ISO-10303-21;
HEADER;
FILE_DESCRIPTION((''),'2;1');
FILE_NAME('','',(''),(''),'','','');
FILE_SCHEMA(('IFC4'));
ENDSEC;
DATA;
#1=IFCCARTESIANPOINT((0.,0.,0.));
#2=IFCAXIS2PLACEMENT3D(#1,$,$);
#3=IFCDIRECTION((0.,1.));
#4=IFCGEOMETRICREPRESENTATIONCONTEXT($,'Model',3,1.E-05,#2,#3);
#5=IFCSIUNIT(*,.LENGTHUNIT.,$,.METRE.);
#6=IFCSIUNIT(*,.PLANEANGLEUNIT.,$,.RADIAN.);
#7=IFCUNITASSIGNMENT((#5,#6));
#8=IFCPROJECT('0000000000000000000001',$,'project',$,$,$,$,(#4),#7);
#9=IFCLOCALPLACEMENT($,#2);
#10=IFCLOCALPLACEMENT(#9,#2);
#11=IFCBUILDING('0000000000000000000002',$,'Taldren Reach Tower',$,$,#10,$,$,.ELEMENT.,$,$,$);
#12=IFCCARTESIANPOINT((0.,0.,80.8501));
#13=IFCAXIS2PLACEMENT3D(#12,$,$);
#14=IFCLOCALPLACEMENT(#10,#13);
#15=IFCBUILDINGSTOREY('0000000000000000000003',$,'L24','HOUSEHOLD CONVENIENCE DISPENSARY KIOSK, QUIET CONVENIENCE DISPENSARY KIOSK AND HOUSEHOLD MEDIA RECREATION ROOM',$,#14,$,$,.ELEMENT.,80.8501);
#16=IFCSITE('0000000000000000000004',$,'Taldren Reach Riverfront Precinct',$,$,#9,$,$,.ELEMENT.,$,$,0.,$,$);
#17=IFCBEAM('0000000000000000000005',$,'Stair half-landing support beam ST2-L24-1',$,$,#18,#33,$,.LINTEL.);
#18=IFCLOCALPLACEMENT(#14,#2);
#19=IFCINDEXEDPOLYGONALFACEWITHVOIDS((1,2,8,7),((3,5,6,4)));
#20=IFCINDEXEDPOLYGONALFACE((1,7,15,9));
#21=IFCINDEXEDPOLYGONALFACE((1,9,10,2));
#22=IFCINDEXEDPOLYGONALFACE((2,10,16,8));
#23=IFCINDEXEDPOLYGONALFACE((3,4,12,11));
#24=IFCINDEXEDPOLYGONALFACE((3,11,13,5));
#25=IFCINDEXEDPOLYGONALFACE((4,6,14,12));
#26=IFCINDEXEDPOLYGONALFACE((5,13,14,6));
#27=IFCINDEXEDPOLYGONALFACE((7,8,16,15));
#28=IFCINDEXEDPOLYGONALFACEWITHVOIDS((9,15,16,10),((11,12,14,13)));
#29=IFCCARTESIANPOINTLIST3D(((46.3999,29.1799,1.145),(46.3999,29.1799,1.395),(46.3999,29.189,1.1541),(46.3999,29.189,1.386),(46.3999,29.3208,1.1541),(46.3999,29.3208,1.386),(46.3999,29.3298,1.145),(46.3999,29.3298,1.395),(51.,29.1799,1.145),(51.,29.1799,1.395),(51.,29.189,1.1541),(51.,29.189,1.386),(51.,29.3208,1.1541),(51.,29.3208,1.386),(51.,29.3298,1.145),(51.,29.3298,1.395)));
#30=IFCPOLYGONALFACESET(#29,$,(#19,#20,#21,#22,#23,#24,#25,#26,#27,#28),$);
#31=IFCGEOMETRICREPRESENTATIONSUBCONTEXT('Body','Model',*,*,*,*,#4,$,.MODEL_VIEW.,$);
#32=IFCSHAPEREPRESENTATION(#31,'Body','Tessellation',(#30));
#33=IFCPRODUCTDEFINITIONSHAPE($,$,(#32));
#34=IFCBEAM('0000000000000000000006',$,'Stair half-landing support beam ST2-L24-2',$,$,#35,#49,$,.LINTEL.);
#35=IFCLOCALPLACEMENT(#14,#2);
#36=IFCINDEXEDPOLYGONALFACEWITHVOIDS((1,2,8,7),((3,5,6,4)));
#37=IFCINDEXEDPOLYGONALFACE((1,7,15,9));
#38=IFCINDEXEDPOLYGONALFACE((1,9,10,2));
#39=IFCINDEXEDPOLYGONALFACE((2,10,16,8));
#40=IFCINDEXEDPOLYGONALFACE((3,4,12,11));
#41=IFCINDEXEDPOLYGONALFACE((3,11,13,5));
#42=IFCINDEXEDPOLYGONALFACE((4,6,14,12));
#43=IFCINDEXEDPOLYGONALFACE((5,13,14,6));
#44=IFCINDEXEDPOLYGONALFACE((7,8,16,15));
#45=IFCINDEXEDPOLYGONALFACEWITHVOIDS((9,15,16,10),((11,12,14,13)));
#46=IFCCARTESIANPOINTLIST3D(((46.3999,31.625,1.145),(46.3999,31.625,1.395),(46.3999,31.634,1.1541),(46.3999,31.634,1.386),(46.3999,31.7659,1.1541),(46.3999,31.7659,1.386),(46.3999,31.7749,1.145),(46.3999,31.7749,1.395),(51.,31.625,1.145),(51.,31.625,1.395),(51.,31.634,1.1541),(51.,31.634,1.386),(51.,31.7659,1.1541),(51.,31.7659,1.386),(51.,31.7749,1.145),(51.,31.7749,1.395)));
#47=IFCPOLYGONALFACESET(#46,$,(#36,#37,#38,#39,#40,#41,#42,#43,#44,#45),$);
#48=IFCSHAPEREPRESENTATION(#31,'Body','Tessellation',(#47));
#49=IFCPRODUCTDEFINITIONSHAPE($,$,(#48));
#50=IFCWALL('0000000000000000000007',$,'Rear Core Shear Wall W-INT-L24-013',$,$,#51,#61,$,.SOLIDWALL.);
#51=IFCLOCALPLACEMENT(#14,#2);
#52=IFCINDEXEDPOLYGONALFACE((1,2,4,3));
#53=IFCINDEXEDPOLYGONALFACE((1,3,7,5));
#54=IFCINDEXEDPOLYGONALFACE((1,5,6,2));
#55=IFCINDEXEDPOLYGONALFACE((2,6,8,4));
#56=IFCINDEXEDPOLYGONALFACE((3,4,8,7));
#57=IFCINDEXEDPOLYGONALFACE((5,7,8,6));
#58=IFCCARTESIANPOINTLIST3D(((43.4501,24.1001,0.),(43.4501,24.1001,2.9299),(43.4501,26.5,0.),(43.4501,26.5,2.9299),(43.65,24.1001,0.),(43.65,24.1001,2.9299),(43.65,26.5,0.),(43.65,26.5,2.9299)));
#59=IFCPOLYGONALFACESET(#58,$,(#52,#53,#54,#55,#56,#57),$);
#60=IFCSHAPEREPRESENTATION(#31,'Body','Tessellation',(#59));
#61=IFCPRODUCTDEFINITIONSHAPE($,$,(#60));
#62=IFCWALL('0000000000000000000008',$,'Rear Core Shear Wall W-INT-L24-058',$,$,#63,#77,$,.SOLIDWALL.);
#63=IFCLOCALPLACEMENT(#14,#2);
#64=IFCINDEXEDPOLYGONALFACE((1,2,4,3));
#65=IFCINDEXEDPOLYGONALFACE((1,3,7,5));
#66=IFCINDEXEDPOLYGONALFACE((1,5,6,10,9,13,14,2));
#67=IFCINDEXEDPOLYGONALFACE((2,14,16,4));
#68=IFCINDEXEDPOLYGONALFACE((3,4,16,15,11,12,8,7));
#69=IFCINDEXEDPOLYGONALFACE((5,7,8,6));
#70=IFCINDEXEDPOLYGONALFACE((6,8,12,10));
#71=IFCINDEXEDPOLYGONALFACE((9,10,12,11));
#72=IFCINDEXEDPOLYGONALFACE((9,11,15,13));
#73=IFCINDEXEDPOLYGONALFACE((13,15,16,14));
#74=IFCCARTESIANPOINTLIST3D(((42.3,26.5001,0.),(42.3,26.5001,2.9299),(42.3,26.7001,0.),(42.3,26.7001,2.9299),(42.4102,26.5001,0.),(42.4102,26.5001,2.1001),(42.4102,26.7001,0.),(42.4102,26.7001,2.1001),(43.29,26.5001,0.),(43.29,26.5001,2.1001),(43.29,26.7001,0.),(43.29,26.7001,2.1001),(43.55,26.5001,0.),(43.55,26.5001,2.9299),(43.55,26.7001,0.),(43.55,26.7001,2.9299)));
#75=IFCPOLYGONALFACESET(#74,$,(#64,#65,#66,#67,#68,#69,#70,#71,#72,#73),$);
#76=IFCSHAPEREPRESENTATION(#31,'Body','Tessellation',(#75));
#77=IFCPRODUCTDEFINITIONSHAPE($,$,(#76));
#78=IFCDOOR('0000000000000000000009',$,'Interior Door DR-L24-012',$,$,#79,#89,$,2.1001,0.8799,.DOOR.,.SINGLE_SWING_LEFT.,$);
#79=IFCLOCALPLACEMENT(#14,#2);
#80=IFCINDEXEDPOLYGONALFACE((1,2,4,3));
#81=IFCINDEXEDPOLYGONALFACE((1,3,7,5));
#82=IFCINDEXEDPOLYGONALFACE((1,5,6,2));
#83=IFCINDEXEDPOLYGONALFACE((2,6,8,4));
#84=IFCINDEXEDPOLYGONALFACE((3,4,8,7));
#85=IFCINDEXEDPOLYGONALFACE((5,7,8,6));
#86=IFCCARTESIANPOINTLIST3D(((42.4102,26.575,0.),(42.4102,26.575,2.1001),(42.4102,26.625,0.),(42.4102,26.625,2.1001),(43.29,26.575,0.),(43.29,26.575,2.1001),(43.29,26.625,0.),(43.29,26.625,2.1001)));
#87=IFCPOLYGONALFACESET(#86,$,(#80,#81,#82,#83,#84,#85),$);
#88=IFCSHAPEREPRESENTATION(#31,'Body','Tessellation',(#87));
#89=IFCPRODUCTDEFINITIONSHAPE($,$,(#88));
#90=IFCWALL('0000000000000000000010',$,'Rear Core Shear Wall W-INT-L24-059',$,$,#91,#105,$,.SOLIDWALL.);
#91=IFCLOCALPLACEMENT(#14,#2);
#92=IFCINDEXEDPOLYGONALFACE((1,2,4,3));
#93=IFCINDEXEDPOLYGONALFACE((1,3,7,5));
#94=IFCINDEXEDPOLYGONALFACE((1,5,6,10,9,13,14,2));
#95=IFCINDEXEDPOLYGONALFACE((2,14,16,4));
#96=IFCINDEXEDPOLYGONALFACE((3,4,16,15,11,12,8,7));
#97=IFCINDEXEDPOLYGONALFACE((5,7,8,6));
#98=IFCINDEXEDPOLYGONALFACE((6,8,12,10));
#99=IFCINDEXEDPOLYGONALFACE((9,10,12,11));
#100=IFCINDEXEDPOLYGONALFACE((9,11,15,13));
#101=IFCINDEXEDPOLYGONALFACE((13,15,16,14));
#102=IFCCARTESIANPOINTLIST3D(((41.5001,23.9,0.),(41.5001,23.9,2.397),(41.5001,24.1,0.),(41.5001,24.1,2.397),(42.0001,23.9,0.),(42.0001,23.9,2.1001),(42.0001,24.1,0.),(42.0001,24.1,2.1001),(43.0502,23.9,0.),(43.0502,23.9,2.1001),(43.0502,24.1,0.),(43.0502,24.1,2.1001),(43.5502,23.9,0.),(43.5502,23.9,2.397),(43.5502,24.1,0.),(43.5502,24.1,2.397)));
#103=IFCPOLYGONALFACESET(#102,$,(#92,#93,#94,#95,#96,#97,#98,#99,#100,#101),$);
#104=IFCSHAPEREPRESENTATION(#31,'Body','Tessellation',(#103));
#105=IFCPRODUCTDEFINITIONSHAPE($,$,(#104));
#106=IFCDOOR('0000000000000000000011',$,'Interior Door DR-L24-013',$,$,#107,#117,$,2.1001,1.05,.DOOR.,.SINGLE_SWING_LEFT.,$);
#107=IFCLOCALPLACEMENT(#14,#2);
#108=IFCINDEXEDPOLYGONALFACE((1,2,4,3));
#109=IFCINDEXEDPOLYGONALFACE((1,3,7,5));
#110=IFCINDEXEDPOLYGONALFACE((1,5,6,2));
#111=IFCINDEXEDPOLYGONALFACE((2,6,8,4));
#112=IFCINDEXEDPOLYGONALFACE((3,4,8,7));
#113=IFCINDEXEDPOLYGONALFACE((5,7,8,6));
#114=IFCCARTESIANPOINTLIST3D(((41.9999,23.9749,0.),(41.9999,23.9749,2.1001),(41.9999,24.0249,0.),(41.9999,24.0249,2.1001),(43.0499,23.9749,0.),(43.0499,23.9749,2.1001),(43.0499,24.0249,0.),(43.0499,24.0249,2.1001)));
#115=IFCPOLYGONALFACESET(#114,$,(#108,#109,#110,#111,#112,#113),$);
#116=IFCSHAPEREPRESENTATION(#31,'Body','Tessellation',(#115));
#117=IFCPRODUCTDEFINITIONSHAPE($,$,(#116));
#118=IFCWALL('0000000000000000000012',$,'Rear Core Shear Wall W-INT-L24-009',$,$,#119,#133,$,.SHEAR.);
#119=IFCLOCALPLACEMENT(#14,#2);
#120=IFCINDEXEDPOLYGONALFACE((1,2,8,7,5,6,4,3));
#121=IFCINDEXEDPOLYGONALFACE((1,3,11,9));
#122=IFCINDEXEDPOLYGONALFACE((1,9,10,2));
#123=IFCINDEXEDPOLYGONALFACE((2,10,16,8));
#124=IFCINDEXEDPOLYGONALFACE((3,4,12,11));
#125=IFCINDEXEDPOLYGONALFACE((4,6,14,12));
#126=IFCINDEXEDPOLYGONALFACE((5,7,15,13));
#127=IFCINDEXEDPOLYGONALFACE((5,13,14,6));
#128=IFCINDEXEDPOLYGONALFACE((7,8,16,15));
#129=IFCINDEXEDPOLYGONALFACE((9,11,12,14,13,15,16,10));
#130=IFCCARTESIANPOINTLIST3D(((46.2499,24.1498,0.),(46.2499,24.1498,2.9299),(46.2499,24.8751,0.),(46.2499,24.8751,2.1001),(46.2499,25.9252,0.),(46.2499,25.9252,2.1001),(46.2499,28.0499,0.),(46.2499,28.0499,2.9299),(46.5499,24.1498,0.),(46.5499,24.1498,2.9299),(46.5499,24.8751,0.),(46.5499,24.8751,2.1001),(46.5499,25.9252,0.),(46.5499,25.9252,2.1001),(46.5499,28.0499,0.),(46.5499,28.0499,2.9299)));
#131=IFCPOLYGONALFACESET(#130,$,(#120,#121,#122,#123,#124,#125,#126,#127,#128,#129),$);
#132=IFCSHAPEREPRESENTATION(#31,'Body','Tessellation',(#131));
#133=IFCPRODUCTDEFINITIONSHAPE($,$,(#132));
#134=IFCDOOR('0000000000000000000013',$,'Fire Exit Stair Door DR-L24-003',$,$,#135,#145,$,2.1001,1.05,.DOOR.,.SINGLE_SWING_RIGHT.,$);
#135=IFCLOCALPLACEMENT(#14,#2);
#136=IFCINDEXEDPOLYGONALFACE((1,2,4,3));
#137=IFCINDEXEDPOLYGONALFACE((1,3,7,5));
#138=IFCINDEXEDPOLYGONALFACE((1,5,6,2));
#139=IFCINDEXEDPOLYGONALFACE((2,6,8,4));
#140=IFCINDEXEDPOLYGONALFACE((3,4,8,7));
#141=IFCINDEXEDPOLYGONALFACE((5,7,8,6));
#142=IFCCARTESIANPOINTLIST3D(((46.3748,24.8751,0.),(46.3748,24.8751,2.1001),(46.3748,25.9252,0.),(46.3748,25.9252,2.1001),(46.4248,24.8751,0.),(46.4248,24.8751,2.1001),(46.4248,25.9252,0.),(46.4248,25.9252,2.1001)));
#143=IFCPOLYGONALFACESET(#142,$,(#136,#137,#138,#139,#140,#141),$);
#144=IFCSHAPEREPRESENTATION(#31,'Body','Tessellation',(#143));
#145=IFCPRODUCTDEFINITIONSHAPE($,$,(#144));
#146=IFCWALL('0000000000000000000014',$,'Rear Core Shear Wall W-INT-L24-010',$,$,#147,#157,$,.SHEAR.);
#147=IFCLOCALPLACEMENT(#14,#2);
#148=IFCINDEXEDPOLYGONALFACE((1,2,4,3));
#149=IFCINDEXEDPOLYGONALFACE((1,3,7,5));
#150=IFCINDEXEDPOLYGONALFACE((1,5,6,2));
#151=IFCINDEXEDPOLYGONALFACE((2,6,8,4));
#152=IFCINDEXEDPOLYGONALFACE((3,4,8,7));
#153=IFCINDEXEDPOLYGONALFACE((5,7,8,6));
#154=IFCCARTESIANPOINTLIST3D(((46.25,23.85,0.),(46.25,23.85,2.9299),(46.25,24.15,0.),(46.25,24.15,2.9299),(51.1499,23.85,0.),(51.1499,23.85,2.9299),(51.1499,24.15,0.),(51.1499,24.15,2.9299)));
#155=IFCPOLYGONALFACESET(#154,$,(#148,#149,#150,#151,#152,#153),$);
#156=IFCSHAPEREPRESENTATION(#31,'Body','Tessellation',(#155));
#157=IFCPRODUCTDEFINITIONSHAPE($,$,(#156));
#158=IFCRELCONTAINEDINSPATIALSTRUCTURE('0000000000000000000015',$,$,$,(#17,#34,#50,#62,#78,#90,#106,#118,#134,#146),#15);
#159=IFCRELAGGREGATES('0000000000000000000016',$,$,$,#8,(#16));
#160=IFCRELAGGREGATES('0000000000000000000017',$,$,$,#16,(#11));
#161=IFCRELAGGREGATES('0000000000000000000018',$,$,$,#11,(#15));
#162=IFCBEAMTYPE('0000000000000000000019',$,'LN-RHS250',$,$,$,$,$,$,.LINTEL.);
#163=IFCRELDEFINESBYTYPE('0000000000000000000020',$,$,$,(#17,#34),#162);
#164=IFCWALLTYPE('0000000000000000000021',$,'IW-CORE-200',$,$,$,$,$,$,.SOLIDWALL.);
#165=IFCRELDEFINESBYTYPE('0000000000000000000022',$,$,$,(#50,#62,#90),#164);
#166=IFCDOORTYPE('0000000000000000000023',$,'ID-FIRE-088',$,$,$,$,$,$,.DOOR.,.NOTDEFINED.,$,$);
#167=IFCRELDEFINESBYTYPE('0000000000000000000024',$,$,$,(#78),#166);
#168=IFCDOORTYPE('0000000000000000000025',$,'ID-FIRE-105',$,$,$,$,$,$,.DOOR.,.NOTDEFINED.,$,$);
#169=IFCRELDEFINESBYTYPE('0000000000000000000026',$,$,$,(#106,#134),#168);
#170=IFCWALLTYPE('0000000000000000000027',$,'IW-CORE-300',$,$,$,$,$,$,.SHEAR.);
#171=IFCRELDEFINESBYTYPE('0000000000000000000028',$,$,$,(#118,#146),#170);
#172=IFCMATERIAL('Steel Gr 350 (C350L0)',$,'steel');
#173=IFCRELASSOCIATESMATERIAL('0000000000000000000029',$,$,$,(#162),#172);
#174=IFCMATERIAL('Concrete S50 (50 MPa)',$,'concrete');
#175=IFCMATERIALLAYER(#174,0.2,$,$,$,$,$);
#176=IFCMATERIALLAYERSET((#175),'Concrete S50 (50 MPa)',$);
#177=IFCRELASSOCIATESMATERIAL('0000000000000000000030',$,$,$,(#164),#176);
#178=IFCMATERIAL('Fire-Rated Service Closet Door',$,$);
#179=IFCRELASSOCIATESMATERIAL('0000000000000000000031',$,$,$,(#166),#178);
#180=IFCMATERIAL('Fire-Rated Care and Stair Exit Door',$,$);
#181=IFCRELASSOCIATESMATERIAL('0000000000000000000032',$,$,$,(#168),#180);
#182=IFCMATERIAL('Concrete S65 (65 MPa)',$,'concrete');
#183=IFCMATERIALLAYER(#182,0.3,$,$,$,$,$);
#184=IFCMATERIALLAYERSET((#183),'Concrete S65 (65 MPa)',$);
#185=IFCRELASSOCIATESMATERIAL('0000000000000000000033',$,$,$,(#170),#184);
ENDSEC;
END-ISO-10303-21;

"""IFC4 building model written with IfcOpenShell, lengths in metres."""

from ifc_helpers import new_model, si_unit, direction, frame, frame_2d, origin, origin_2d, place, context, subcontext, project, spatial, rectangle, hollow_rectangle, extrude, source, transform, mapped, material, layer, layer_set, material_profile, profile_set, type_object, element, fill, save


model = new_model("IFC4")

# Units and contexts
model_context = context("Model", 3, precision=1e-05, world=origin(), true_north=direction((0.0, 1.0)))
body_context = subcontext(model_context, "Body", "Model", "MODEL_VIEW")
ifc_project = project(units=[si_unit("LENGTHUNIT", "METRE"), si_unit("PLANEANGLEUNIT", "RADIAN")], contexts=[model_context])

# Site, building, storey
site_placement = place(None, origin())
site = spatial("IfcSite", under=ifc_project, at=site_placement, Name="Taldren Reach Riverfront Precinct", CompositionType="ELEMENT", RefElevation=0.0)
building_placement = place(site_placement, origin())
building = spatial("IfcBuilding", under=site, at=building_placement, Name="Taldren Reach Tower", CompositionType="ELEMENT")
storey_placement = place(building_placement, frame((0.0, 0.0, 80.8501)))
storey = spatial("IfcBuildingStorey", under=building, at=storey_placement, Name="L24", Description="HOUSEHOLD CONVENIENCE DISPENSARY KIOSK, QUIET CONVENIENCE DISPENSARY KIOSK AND HOUSEHOLD MEDIA RECREATION ROOM", CompositionType="ELEMENT", Elevation=80.8501)

# Beams
ifc_material_1 = material(Name="Steel Gr 350 (C350L0)", Category="steel")
ifc_material_profile = material_profile(ifc_material_1, hollow_rectangle(XDim=0.1499, YDim=0.25, WallThickness=0.009, at=origin_2d()), Name="250x150x9.0RHS")
ifc_profile_set = profile_set([ifc_material_profile], Name="Steel Gr 350 (C350L0)")
beam_type = type_object("IfcBeamType", Name="LN-RHS250", PredefinedType="LINTEL", material=ifc_profile_set)
shared_shape_1 = source(origin(), body_context, "Body", "SweptSolid", [
    extrude(hollow_rectangle(XDim=0.1499, YDim=0.25, WallThickness=0.009, at=origin_2d()), origin(), (0.0, 0.0, 1.0), 4.6001),
])
for number, where, z_axis, x_axis, name in (
    (1, (46.3999, 29.2549, 1.27), (1.0, 0.0, 0.0), (0.0, 1.0, 0.0), "Stair half-landing support beam ST2-L24-1"),
    (2, (46.3999, 31.7, 1.27), (1.0, 0.0, 0.0), (0.0, 1.0, 0.0), "Stair half-landing support beam ST2-L24-2"),
):
    element("IfcBeam", number, at=place(storey_placement, frame(where, z_axis=z_axis, x_axis=x_axis)), inside=storey, type_object=beam_type, Name=name, PredefinedType="LINTEL", context=body_context, shape_type="MappedRepresentation", body=[
        mapped(shared_shape_1, transform((0.0, 0.0, 0.0), scale=1.0)),
    ])

# Wall
ifc_material_2 = material(Name="Concrete S50 (50 MPa)", Category="concrete")
ifc_layer_1 = layer(ifc_material_2, 0.2)
ifc_layer_set_1 = layer_set([ifc_layer_1], Name="Concrete S50 (50 MPa)")
wall_type_1 = type_object("IfcWallType", Name="IW-CORE-200", PredefinedType="SOLIDWALL", material=ifc_layer_set_1)
shared_shape_2 = source(origin(), body_context, "Body", "SweptSolid", [
    extrude(rectangle(XDim=2.3999, YDim=0.2, at=frame_2d((1.2, 0.0))), origin(), (0.0, 0.0, 1.0), 2.9299),
])
wall_1_placement = place(storey_placement, frame((43.55, 26.5, 0.0), z_axis=(0.0, 0.0, 1.0), x_axis=(0.0, -1.0, 0.0)))
element("IfcWall", 3, at=wall_1_placement, inside=storey, type_object=wall_type_1, Name="Rear Core Shear Wall W-INT-L24-013", PredefinedType="SOLIDWALL", context=body_context, shape_type="MappedRepresentation", body=[
    mapped(shared_shape_2, transform((0.0, 0.0, 0.0), scale=1.0)),
])

# Walls, openings, doors
shared_shape_3 = source(origin(), body_context, "Body", "SweptSolid", [
    extrude(rectangle(XDim=1.25, YDim=0.2, at=frame_2d((0.625, 0.0))), origin(), (0.0, 0.0, 1.0), 2.9299),
])
wall_2_placement = place(storey_placement, frame((42.3, 26.6001, 0.0), z_axis=(0.0, 0.0, 1.0), x_axis=(1.0, 0.0, 0.0)))
wall_2 = element("IfcWall", 4, at=wall_2_placement, inside=storey, type_object=wall_type_1, Name="Rear Core Shear Wall W-INT-L24-058", PredefinedType="SOLIDWALL", context=body_context, shape_type="MappedRepresentation", body=[
    mapped(shared_shape_3, transform((0.0, 0.0, 0.0), scale=1.0)),
])
shared_shape_4 = source(origin(), body_context, "Body", "SweptSolid", [
    extrude(rectangle(XDim=0.8799, YDim=2.1001, at=frame_2d((0.4399, 1.05))), frame((0.0, 0.1099, 0.0), z_axis=(0.0, -1.0, 0.0), x_axis=(1.0, 0.0, 0.0)), (0.0, 0.0, 1.0), 0.22),
])
opening_1_placement = place(wall_2_placement, frame((0.1101, 0.0, 0.0)))
opening_1 = element("IfcOpeningElement", 5, at=opening_1_placement, cuts=wall_2, PredefinedType="OPENING", context=body_context, shape_type="MappedRepresentation", body=[
    mapped(shared_shape_4, transform((0.0, 0.0, 0.0), scale=1.0)),
])
ifc_material_3 = material(Name="Fire-Rated Service Closet Door")
door_type_1 = type_object("IfcDoorType", Name="ID-FIRE-088", OperationType="NOTDEFINED", PredefinedType="DOOR", material=ifc_material_3)
shared_shape_5 = source(origin(), body_context, "Body", "SweptSolid", [
    extrude(rectangle(XDim=0.8799, YDim=2.1001, at=frame_2d((0.4399, 1.05))), frame((0.0, 0.0249, 0.0), z_axis=(0.0, -1.0, 0.0), x_axis=(1.0, 0.0, 0.0)), (0.0, 0.0, 1.0), 0.05),
])
door_1_placement = place(opening_1_placement, origin())
door_1 = element("IfcDoor", 6, at=door_1_placement, inside=storey, type_object=door_type_1, Name="Interior Door DR-L24-012", OperationType="SINGLE_SWING_LEFT", OverallHeight=2.1001, OverallWidth=0.8799, PredefinedType="DOOR", context=body_context, shape_type="MappedRepresentation", body=[
    mapped(shared_shape_5, transform((0.0, 0.0, 0.0), scale=1.0)),
])
fill(opening_1, door_1)
shared_shape_6 = source(origin(), body_context, "Body", "SweptSolid", [
    extrude(rectangle(XDim=2.05, YDim=0.2, at=frame_2d((1.0249, 0.0))), origin(), (0.0, 0.0, 1.0), 2.397),
])
wall_3_placement = place(storey_placement, frame((43.55, 24.0, 0.0), z_axis=(0.0, 0.0, 1.0), x_axis=(-1.0, 0.0, 0.0)))
wall_3 = element("IfcWall", 7, at=wall_3_placement, inside=storey, type_object=wall_type_1, Name="Rear Core Shear Wall W-INT-L24-059", PredefinedType="SOLIDWALL", context=body_context, shape_type="MappedRepresentation", body=[
    mapped(shared_shape_6, transform((0.0, 0.0, 0.0), scale=1.0)),
])
shared_shape_7 = source(origin(), body_context, "Body", "SweptSolid", [
    extrude(rectangle(XDim=1.05, YDim=2.1001, at=frame_2d((0.5249, 1.05))), frame((0.0, 0.1099, 0.0), z_axis=(0.0, -1.0, 0.0), x_axis=(1.0, 0.0, 0.0)), (0.0, 0.0, 1.0), 0.22),
])
opening_2_placement = place(wall_3_placement, frame((0.5, 0.0, 0.0)))
opening_2 = element("IfcOpeningElement", 8, at=opening_2_placement, cuts=wall_3, PredefinedType="OPENING", context=body_context, shape_type="MappedRepresentation", body=[
    mapped(shared_shape_7, transform((0.0, 0.0, 0.0), scale=1.0)),
])
ifc_material_4 = material(Name="Fire-Rated Care and Stair Exit Door")
door_type_2 = type_object("IfcDoorType", Name="ID-FIRE-105", OperationType="NOTDEFINED", PredefinedType="DOOR", material=ifc_material_4)
shared_shape_8 = source(origin(), body_context, "Body", "SweptSolid", [
    extrude(rectangle(XDim=1.05, YDim=2.1001, at=frame_2d((0.5249, 1.05))), frame((0.0, 0.0249, 0.0), z_axis=(0.0, -1.0, 0.0), x_axis=(1.0, 0.0, 0.0)), (0.0, 0.0, 1.0), 0.05),
])
door_2_placement = place(opening_2_placement, frame((1.05, 0.0, 0.0), z_axis=(0.0, 0.0, 1.0), x_axis=(-1.0, 0.0, 0.0)))
door_2 = element("IfcDoor", 9, at=door_2_placement, inside=storey, type_object=door_type_2, Name="Interior Door DR-L24-013", OperationType="SINGLE_SWING_LEFT", OverallHeight=2.1001, OverallWidth=1.05, PredefinedType="DOOR", context=body_context, shape_type="MappedRepresentation", body=[
    mapped(shared_shape_8, transform((0.0, 0.0, 0.0), scale=1.0)),
])
fill(opening_2, door_2)
ifc_material_5 = material(Name="Concrete S65 (65 MPa)", Category="concrete")
ifc_layer_2 = layer(ifc_material_5, 0.3)
ifc_layer_set_2 = layer_set([ifc_layer_2], Name="Concrete S65 (65 MPa)")
wall_type_2 = type_object("IfcWallType", Name="IW-CORE-300", PredefinedType="SHEAR", material=ifc_layer_set_2)
shared_shape_9 = source(origin(), body_context, "Body", "SweptSolid", [
    extrude(rectangle(XDim=3.9001, YDim=0.3, at=frame_2d((1.9502, 0.0))), origin(), (0.0, 0.0, 1.0), 2.9299),
])
wall_4_placement = place(storey_placement, frame((46.3999, 28.05, 0.0), z_axis=(0.0, 0.0, 1.0), x_axis=(0.0, -1.0, 0.0)))
wall_4 = element("IfcWall", 10, at=wall_4_placement, inside=storey, type_object=wall_type_2, Name="Rear Core Shear Wall W-INT-L24-009", PredefinedType="SHEAR", context=body_context, shape_type="MappedRepresentation", body=[
    mapped(shared_shape_9, transform((0.0, 0.0, 0.0), scale=1.0)),
])
shared_shape_10 = source(origin(), body_context, "Body", "SweptSolid", [
    extrude(rectangle(XDim=1.05, YDim=2.1001, at=frame_2d((0.5249, 1.05))), frame((0.0, 0.1602, 0.0), z_axis=(0.0, -1.0, 0.0), x_axis=(1.0, 0.0, 0.0)), (0.0, 0.0, 1.0), 0.3201),
])
opening_3_placement = place(wall_4_placement, frame((2.125, 0.0, 0.0)))
opening_3 = element("IfcOpeningElement", 11, at=opening_3_placement, cuts=wall_4, PredefinedType="OPENING", context=body_context, shape_type="MappedRepresentation", body=[
    mapped(shared_shape_10, transform((0.0, 0.0, 0.0), scale=1.0)),
])
door_3_placement = place(opening_3_placement, origin())
door_3 = element("IfcDoor", 12, at=door_3_placement, inside=storey, type_object=door_type_2, Name="Fire Exit Stair Door DR-L24-003", OperationType="SINGLE_SWING_RIGHT", OverallHeight=2.1001, OverallWidth=1.05, PredefinedType="DOOR", context=body_context, shape_type="MappedRepresentation", body=[
    mapped(shared_shape_8, transform((0.0, 0.0, 0.0), scale=1.0)),
])
fill(opening_3, door_3)

# Wall
shared_shape_11 = source(origin(), body_context, "Body", "SweptSolid", [
    extrude(rectangle(XDim=4.8999, YDim=0.3, at=frame_2d((2.45, 0.0))), origin(), (0.0, 0.0, 1.0), 2.9299),
])
wall_5_placement = place(storey_placement, frame((46.25, 24.0, 0.0), z_axis=(0.0, 0.0, 1.0), x_axis=(1.0, 0.0, 0.0)))
element("IfcWall", 13, at=wall_5_placement, inside=storey, type_object=wall_type_2, Name="Rear Core Shear Wall W-INT-L24-010", PredefinedType="SHEAR", context=body_context, shape_type="MappedRepresentation", body=[
    mapped(shared_shape_11, transform((0.0, 0.0, 0.0), scale=1.0)),
])

save(model, "model.ifc")
